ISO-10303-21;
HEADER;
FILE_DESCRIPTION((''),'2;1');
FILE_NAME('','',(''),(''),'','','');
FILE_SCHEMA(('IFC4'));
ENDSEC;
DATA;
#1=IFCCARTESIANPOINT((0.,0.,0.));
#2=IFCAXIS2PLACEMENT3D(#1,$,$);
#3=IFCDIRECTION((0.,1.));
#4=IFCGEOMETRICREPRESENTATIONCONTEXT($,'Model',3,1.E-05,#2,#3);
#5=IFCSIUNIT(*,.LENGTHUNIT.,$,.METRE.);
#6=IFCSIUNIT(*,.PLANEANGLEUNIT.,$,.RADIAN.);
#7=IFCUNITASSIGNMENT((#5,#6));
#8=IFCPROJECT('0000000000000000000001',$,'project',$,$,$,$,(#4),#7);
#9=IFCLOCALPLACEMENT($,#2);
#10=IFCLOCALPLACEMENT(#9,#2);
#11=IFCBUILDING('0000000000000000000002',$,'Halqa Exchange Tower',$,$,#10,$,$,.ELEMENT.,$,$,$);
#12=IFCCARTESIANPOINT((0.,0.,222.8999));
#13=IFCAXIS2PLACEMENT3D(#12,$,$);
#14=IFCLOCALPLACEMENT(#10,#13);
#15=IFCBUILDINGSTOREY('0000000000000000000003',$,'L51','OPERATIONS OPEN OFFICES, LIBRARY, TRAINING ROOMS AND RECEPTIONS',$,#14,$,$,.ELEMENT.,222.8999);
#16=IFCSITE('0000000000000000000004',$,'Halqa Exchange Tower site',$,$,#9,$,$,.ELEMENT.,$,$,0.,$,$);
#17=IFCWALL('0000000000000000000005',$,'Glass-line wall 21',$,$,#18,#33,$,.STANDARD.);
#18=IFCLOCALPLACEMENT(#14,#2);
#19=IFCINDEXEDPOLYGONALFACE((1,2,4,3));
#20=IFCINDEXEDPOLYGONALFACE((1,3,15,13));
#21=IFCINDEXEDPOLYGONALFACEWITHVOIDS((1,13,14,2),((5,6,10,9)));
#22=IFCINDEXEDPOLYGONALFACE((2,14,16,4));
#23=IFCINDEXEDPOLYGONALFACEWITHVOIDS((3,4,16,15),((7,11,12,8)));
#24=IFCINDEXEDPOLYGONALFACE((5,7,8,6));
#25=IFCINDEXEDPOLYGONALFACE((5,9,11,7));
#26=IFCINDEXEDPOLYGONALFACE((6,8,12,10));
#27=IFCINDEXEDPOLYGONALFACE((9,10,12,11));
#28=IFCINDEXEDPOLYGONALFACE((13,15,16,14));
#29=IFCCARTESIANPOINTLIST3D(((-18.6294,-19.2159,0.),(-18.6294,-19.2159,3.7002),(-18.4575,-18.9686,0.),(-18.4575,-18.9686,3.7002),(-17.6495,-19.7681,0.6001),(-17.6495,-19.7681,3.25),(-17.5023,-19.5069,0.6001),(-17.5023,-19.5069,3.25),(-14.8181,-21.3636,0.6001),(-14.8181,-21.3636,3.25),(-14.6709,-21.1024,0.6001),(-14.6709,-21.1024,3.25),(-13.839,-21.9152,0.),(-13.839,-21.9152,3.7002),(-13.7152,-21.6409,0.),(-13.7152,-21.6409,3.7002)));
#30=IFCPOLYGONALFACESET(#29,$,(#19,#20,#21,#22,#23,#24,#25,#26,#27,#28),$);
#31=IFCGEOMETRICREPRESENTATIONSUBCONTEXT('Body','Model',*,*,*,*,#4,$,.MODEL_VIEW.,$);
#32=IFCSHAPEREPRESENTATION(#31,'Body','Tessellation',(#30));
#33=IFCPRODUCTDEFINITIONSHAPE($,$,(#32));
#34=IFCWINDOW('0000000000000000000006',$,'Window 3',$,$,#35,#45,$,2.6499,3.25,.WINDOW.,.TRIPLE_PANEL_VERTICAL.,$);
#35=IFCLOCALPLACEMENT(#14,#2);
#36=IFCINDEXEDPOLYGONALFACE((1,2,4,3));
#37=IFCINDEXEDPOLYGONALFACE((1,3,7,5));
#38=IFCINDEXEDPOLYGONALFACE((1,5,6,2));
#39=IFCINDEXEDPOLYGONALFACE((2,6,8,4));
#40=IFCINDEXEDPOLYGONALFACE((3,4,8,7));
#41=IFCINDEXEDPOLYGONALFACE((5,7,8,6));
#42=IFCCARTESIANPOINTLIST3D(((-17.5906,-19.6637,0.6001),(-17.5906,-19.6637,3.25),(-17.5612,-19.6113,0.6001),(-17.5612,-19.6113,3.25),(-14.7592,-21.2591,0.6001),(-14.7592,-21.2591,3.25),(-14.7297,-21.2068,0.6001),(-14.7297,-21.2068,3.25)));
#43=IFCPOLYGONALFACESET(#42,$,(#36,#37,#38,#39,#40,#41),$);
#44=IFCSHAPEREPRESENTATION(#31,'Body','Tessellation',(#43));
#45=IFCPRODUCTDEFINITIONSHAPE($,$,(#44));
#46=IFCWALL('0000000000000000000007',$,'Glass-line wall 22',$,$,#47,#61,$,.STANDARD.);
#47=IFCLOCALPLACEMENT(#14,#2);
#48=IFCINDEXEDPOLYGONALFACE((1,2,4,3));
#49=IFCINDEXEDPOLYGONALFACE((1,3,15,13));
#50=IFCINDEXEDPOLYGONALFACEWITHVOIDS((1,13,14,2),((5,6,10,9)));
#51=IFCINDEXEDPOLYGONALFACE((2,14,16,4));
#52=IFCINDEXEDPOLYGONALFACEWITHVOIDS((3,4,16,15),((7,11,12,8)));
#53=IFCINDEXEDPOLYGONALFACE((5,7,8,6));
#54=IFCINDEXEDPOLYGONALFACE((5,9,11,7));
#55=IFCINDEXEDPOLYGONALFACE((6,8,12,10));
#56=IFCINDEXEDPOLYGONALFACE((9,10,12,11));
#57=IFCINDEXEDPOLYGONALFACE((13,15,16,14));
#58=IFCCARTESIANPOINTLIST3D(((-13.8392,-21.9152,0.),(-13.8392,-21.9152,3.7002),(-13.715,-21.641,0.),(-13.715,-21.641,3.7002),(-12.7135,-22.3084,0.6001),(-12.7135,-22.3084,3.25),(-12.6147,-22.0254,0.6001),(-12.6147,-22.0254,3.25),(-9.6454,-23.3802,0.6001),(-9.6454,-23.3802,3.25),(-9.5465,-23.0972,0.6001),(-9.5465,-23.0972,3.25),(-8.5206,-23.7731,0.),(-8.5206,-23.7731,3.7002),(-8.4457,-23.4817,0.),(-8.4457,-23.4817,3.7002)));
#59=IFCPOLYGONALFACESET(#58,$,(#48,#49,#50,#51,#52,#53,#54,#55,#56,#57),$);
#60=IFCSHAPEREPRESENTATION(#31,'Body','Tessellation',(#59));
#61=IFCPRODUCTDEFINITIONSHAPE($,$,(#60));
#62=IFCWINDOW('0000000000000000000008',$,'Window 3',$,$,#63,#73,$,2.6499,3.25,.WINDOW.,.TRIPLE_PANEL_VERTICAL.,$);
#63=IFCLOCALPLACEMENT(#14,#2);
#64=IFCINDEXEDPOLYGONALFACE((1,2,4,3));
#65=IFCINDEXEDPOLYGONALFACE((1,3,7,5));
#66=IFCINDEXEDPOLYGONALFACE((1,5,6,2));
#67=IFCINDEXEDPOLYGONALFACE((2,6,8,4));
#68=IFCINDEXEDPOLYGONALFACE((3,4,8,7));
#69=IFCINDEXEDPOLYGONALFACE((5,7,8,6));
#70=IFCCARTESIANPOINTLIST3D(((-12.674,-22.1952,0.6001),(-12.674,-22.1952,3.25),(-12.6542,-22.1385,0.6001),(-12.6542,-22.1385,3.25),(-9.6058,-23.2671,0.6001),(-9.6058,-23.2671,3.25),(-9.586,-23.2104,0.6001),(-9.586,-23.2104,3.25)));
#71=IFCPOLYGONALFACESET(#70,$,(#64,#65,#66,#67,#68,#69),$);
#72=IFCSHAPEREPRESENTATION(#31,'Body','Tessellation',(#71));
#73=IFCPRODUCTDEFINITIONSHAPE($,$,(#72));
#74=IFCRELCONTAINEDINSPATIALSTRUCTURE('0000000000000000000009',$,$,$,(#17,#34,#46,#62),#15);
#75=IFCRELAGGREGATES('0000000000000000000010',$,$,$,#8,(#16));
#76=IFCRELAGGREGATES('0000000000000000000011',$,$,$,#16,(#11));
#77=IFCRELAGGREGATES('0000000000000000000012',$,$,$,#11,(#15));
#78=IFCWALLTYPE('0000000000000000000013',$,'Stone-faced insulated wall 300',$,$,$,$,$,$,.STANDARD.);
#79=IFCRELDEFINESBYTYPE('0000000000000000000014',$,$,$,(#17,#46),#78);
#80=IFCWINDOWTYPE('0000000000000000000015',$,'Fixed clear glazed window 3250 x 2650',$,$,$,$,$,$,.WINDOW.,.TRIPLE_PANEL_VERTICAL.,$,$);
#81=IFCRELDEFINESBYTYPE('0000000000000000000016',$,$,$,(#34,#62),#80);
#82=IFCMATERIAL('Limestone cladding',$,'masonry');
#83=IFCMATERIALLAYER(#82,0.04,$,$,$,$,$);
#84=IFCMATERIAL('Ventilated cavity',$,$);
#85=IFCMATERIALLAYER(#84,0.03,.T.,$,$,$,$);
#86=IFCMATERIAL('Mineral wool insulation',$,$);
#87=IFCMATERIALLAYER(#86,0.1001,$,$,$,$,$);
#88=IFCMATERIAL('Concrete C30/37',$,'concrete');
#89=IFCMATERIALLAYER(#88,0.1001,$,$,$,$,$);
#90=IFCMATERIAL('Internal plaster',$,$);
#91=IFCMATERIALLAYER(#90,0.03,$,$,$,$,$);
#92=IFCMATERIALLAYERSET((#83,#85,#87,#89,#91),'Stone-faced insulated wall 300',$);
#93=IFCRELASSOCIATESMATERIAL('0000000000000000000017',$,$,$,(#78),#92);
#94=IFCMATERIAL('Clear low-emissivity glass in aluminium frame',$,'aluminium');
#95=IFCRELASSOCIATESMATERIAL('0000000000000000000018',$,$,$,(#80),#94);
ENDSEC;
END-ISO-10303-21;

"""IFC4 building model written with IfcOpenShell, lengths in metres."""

from ifc_helpers import new_model, si_unit, direction, frame, frame_2d, origin, place, context, subcontext, project, spatial, polyline, rectangle, outline, extrude, material, layer, layer_set, type_object, element, fill, save


model = new_model("IFC4")

# Units and contexts
model_context = context("Model", 3, precision=1e-05, world=origin(), true_north=direction((0.0, 1.0)))
body_context = subcontext(model_context, "Body", "Model", "MODEL_VIEW")
ifc_project = project(units=[si_unit("LENGTHUNIT", "METRE"), si_unit("PLANEANGLEUNIT", "RADIAN")], contexts=[model_context])

# Site, building, storey
site_placement = place(None, origin())
site = spatial("IfcSite", under=ifc_project, at=site_placement, Name="Halqa Exchange Tower site", CompositionType="ELEMENT", RefElevation=0.0)
building_placement = place(site_placement, origin())
building = spatial("IfcBuilding", under=site, at=building_placement, Name="Halqa Exchange Tower", CompositionType="ELEMENT")
storey_placement = place(building_placement, frame((0.0, 0.0, 222.8999)))
storey = spatial("IfcBuildingStorey", under=building, at=storey_placement, Name="L51", Description="OPERATIONS OPEN OFFICES, LIBRARY, TRAINING ROOMS AND RECEPTIONS", CompositionType="ELEMENT", Elevation=222.8999)

# Shared definitions
ifc_material_1 = material(Name="Limestone cladding", Category="masonry")
ifc_layer_1 = layer(ifc_material_1, 0.04)
ifc_material_2 = material(Name="Ventilated cavity")
ifc_layer_2 = layer(ifc_material_2, 0.03, ventilated=True)
ifc_material_3 = material(Name="Mineral wool insulation")
ifc_layer_3 = layer(ifc_material_3, 0.1001)
ifc_material_4 = material(Name="Concrete C30/37", Category="concrete")
ifc_layer_4 = layer(ifc_material_4, 0.1001)
ifc_material_5 = material(Name="Internal plaster")
ifc_layer_5 = layer(ifc_material_5, 0.03)
ifc_layer_set_1 = layer_set([ifc_layer_1, ifc_layer_2, ifc_layer_3, ifc_layer_4, ifc_layer_5], Name="Stone-faced insulated wall 300")
wall_type_1 = type_object("IfcWallType", Name="Stone-faced insulated wall 300", PredefinedType="STANDARD", material=ifc_layer_set_1)
ifc_material_6 = material(Name="Clear low-emissivity glass in aluminium frame", Category="aluminium")

# Walls, openings, windows
wall_1_placement = place(storey_placement, frame((-18.5435, -19.0923, 0.0), z_axis=(0.0, 0.0, 1.0), x_axis=(0.871207, -0.490916, 0.0)))
wall_1 = element("IfcWall", 1, at=wall_1_placement, inside=storey, type_object=wall_type_1, Name="Glass-line wall 21", PredefinedType="STANDARD", context=body_context, shape_type="SweptSolid", body=[
    extrude(outline(polyline([(-0.0142, -0.1499), (5.4844, -0.1499), (5.4575, 0.1499), (0.0142, 0.1499), (-0.0142, -0.1499)])), origin(), (0.0, 0.0, 1.0), 3.7002),
])
opening_1_placement = place(wall_1_placement, frame((1.1106, 0.0, 0.6001)))
opening_1 = element("IfcOpeningElement", 2, at=opening_1_placement, cuts=wall_1, PredefinedType="OPENING", context=body_context, shape_type="SweptSolid", body=[
    extrude(rectangle(XDim=3.25, YDim=2.6499, at=frame_2d((1.625, 1.325))), frame((0.0, 0.1621, 0.0), z_axis=(0.0, -1.0, 0.0), x_axis=(1.0, 0.0, 0.0)), (0.0, 0.0, 1.0), 0.324),
])
window_type = type_object("IfcWindowType", Name="Fixed clear glazed window 3250 x 2650", PartitioningType="TRIPLE_PANEL_VERTICAL", PredefinedType="WINDOW", material=ifc_material_6)
window_1_placement = place(opening_1_placement, origin())
window_1 = element("IfcWindow", 3, at=window_1_placement, inside=storey, type_object=window_type, Name="Window 3", OverallHeight=2.6499, OverallWidth=3.25, PartitioningType="TRIPLE_PANEL_VERTICAL", PredefinedType="WINDOW", context=body_context, shape_type="SweptSolid", body=[
    extrude(rectangle(XDim=3.25, YDim=2.6499, at=frame_2d((1.625, 1.325))), frame((0.0, 0.03, 0.0), z_axis=(0.0, -1.0, 0.0), x_axis=(1.0, 0.0, 0.0)), (0.0, 0.0, 1.0), 0.0601),
])
fill(opening_1, window_1)
wall_2_placement = place(storey_placement, frame((-13.7771, -21.7781, 0.0), z_axis=(0.0, 0.0, 1.0), x_axis=(0.944054, -0.329792, 0.0)))
wall_2 = element("IfcWall", 4, at=wall_2_placement, inside=storey, type_object=wall_type_1, Name="Glass-line wall 22", PredefinedType="STANDARD", context=body_context, shape_type="SweptSolid", body=[
    extrude(outline(polyline([(-0.0134, -0.1499), (5.6204, -0.1499), (5.595, 0.1499), (0.0134, 0.1499), (-0.0134, -0.1499)])), origin(), (0.0, 0.0, 1.0), 3.7002),
])
opening_2_placement = place(wall_2_placement, frame((1.179, 0.0, 0.6001)))
opening_2 = element("IfcOpeningElement", 5, at=opening_2_placement, cuts=wall_2, PredefinedType="OPENING", context=body_context, shape_type="SweptSolid", body=[
    extrude(rectangle(XDim=3.25, YDim=2.6499, at=frame_2d((1.625, 1.325))), frame((0.0, 0.1621, 0.0), z_axis=(0.0, -1.0, 0.0), x_axis=(1.0, 0.0, 0.0)), (0.0, 0.0, 1.0), 0.324),
])
window_2_placement = place(opening_2_placement, origin())
window_2 = element("IfcWindow", 6, at=window_2_placement, inside=storey, type_object=window_type, Name="Window 3", OverallHeight=2.6499, OverallWidth=3.25, PartitioningType="TRIPLE_PANEL_VERTICAL", PredefinedType="WINDOW", context=body_context, shape_type="SweptSolid", body=[
    extrude(rectangle(XDim=3.25, YDim=2.6499, at=frame_2d((1.625, 1.325))), frame((0.0, 0.03, 0.0), z_axis=(0.0, -1.0, 0.0), x_axis=(1.0, 0.0, 0.0)), (0.0, 0.0, 1.0), 0.0601),
])
fill(opening_2, window_2)

save(model, "model.ifc")
